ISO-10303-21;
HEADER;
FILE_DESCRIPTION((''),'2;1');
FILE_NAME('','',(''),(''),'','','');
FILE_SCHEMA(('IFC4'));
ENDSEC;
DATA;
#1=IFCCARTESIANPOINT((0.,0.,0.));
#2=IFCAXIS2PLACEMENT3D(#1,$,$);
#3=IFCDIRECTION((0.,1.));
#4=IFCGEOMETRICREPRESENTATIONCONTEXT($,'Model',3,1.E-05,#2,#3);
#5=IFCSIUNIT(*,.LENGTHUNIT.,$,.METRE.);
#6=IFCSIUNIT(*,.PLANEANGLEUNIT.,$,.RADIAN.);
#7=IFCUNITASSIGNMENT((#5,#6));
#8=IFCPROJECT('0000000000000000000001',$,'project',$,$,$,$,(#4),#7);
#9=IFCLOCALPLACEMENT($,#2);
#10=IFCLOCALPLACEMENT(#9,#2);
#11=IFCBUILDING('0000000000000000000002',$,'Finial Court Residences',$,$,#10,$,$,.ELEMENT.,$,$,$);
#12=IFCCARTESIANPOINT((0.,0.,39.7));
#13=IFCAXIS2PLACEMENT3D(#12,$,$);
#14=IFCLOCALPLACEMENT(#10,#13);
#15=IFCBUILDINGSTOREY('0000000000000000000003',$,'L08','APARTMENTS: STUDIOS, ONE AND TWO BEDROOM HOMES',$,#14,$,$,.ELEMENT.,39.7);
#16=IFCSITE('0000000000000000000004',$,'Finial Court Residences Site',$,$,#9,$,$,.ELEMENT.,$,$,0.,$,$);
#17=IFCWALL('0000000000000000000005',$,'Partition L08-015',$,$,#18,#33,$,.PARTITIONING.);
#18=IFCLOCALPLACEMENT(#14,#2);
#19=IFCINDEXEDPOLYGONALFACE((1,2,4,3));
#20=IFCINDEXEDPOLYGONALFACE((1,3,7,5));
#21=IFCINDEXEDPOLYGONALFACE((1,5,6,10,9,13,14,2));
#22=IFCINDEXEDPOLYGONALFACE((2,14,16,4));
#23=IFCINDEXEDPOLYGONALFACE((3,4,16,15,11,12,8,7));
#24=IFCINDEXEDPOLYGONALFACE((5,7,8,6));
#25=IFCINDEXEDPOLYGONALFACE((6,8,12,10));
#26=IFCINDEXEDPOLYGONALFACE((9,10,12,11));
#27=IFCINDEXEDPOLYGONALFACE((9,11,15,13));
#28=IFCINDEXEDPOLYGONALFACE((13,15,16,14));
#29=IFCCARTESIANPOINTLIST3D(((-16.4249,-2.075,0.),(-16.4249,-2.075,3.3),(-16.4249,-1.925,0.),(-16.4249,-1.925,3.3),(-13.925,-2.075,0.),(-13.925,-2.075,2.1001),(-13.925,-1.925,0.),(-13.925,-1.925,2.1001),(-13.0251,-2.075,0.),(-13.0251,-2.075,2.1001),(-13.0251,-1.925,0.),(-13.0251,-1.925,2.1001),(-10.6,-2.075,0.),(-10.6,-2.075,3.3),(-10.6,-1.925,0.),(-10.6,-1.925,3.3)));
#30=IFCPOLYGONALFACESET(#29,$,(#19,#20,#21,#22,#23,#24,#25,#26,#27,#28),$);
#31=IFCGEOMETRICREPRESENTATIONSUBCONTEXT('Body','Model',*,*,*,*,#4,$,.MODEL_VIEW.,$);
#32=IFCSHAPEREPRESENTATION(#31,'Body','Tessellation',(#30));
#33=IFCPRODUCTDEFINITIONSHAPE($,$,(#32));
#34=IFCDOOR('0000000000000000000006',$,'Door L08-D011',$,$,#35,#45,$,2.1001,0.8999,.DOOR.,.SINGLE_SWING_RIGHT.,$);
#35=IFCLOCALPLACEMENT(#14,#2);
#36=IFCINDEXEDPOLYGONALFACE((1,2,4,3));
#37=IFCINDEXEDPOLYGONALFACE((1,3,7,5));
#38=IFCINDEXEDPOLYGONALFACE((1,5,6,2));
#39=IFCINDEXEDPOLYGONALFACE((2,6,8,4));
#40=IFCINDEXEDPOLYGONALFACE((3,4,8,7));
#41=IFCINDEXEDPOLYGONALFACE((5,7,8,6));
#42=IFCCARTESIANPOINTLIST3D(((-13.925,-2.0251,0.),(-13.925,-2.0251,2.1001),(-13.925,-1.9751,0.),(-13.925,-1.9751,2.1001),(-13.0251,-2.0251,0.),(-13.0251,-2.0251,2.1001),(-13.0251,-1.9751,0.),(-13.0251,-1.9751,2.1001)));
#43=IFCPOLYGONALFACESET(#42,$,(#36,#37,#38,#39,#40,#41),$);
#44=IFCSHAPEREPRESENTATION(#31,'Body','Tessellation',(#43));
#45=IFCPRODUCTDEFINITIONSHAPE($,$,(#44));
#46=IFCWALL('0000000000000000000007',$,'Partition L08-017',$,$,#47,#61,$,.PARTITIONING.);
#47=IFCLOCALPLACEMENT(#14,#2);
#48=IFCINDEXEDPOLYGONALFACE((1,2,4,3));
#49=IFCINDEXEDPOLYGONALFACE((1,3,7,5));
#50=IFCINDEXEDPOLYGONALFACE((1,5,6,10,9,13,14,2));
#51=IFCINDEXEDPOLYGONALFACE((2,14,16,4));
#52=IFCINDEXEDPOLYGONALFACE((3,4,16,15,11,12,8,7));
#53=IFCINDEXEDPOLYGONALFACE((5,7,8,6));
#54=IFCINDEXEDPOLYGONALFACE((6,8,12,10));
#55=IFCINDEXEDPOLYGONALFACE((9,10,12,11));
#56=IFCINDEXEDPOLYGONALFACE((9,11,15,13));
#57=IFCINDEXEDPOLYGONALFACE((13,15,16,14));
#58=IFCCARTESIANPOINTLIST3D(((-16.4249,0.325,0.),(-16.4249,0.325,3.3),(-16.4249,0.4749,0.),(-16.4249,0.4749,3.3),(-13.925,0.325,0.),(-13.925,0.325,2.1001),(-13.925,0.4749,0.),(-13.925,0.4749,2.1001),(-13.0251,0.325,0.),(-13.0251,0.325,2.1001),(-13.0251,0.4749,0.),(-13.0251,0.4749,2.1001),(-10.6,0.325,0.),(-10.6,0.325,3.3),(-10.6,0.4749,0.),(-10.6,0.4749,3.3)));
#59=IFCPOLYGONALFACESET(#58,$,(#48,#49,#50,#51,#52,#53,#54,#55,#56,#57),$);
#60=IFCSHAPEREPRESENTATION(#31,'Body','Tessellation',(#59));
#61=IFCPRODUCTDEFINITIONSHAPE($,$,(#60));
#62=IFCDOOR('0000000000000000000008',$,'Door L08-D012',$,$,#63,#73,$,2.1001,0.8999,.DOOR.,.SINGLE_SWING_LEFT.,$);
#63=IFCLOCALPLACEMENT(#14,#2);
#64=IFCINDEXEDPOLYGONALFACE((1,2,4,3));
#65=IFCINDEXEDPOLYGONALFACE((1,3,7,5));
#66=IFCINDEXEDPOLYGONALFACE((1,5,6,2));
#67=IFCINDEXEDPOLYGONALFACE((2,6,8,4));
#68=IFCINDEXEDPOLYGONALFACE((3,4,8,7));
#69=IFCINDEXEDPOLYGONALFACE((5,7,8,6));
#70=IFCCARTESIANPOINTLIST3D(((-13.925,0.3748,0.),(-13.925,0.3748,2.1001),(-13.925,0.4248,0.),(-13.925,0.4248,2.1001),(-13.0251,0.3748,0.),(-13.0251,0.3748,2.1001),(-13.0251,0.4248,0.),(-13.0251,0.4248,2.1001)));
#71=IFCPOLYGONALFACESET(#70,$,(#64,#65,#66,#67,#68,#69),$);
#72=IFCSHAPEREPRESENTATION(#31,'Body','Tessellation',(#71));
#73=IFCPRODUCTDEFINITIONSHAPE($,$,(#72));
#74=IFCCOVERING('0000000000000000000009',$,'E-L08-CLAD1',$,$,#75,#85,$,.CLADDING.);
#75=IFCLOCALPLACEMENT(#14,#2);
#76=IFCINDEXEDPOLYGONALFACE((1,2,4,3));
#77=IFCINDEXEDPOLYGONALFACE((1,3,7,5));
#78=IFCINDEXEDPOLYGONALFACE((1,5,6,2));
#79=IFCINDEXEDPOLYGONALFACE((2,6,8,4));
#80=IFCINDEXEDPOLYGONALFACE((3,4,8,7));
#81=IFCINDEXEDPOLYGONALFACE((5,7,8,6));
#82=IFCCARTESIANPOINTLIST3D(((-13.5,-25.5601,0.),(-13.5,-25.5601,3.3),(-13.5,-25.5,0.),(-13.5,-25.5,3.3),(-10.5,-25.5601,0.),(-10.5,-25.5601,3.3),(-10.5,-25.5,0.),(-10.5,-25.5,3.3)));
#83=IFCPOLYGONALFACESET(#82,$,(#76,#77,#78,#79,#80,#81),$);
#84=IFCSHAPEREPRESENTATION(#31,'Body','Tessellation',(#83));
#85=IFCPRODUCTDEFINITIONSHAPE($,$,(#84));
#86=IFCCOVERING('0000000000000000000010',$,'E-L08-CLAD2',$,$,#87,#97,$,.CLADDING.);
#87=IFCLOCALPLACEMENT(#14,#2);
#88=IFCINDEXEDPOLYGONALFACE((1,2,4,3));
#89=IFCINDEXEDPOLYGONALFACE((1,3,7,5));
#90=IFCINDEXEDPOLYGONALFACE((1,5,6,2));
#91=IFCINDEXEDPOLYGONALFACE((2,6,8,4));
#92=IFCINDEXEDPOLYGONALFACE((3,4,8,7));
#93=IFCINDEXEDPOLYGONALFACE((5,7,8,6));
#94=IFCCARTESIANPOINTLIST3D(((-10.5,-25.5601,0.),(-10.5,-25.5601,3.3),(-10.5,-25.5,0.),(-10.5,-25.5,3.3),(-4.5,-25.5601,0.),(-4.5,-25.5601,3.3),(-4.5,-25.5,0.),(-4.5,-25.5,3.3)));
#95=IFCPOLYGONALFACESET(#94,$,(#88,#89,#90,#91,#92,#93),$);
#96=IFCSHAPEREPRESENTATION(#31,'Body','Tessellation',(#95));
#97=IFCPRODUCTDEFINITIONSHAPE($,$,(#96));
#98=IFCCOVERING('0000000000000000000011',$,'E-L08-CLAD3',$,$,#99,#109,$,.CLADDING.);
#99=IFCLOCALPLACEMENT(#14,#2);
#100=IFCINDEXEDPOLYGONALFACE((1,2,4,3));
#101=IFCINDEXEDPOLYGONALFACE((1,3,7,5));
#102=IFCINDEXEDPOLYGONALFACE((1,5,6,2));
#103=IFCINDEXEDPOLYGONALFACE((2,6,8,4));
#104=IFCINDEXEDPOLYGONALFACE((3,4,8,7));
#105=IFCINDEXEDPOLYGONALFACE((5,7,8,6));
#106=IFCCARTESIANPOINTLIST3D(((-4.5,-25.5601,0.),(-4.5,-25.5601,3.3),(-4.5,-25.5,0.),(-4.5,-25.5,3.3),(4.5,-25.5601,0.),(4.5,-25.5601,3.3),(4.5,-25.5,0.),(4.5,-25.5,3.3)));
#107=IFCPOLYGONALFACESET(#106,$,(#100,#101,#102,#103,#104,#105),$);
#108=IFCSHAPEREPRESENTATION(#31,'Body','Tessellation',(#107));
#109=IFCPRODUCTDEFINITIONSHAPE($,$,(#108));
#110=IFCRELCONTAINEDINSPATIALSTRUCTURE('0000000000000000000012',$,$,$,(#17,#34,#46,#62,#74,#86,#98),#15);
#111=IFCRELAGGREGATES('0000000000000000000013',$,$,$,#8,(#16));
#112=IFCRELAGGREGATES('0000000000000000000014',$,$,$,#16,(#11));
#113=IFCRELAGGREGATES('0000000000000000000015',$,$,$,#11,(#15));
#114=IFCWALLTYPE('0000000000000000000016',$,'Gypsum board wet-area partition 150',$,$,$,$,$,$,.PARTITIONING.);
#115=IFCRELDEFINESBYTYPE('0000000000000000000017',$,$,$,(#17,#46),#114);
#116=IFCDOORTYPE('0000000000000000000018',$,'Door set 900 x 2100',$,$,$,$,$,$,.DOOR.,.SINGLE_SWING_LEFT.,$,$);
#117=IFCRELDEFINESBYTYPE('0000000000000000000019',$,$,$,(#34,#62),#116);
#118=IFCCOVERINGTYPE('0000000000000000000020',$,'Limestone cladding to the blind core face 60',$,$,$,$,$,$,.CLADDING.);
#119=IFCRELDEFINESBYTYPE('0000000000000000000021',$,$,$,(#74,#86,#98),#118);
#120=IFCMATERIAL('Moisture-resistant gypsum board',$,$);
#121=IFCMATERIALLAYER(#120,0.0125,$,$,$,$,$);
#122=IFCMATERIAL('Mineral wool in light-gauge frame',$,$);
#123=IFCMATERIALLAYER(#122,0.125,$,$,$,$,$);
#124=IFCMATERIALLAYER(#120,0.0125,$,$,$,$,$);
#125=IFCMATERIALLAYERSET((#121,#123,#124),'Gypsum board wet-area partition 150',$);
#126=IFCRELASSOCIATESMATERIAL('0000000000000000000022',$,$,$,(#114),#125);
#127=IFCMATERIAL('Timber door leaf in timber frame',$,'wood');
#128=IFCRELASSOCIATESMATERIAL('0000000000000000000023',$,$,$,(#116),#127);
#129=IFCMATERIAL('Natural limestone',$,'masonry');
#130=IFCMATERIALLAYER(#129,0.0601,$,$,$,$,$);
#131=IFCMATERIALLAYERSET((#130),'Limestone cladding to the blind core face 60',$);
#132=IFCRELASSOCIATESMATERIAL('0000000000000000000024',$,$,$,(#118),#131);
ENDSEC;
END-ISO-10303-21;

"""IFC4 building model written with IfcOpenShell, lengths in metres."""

from ifc_helpers import new_model, si_unit, direction, frame, frame_2d, origin, place, context, subcontext, project, spatial, polyline, rectangle, outline, extrude, material, layer, layer_set, type_object, element, fill, save


model = new_model("IFC4")

# Units and contexts
model_context = context("Model", 3, precision=1e-05, world=origin(), true_north=direction((0.0, 1.0)))
body_context = subcontext(model_context, "Body", "Model", "MODEL_VIEW")
ifc_project = project(units=[si_unit("LENGTHUNIT", "METRE"), si_unit("PLANEANGLEUNIT", "RADIAN")], contexts=[model_context])

# Site, building, storey
site_placement = place(None, origin())
site = spatial("IfcSite", under=ifc_project, at=site_placement, Name="Finial Court Residences Site", CompositionType="ELEMENT", RefElevation=0.0)
building_placement = place(site_placement, origin())
building = spatial("IfcBuilding", under=site, at=building_placement, Name="Finial Court Residences", CompositionType="ELEMENT")
storey_placement = place(building_placement, frame((0.0, 0.0, 39.7)))
storey = spatial("IfcBuildingStorey", under=building, at=storey_placement, Name="L08", Description="APARTMENTS: STUDIOS, ONE AND TWO BEDROOM HOMES", CompositionType="ELEMENT", Elevation=39.7)

# Shared definitions
ifc_material_1 = material(Name="Mineral wool in light-gauge frame")

# Walls, openings, doors
ifc_material_2 = material(Name="Moisture-resistant gypsum board")
ifc_layer_1 = layer(ifc_material_2, 0.0125)
ifc_layer_2 = layer(ifc_material_1, 0.125)
ifc_layer_3 = layer(ifc_material_2, 0.0125)
ifc_layer_set_1 = layer_set([ifc_layer_1, ifc_layer_2, ifc_layer_3], Name="Gypsum board wet-area partition 150")
wall_type_1 = type_object("IfcWallType", Name="Gypsum board wet-area partition 150", PredefinedType="PARTITIONING", material=ifc_layer_set_1)
wall_1_placement = place(storey_placement, frame((-16.425, -2.0, 0.0), z_axis=(0.0, 0.0, 1.0), x_axis=(1.0, 0.0, 0.0)))
wall_1 = element("IfcWall", 1, at=wall_1_placement, inside=storey, type_object=wall_type_1, Name="Partition L08-015", PredefinedType="PARTITIONING", context=body_context, shape_type="SweptSolid", body=[
    extrude(rectangle(XDim=5.825, YDim=0.1499, at=frame_2d((2.9126, 0.0))), origin(), (0.0, 0.0, 1.0), 3.3),
])
opening_1_placement = place(wall_1_placement, frame((2.5, 0.0, 0.0)))
opening_1 = element("IfcOpeningElement", 2, at=opening_1_placement, cuts=wall_1, PredefinedType="OPENING", context=body_context, shape_type="SweptSolid", body=[
    extrude(rectangle(XDim=0.8999, YDim=2.1001, at=frame_2d((0.45, 1.05))), frame((0.0, 0.085, 0.0), z_axis=(0.0, -1.0, 0.0), x_axis=(1.0, 0.0, 0.0)), (0.0, 0.0, 1.0), 0.1699),
])
ifc_material_3 = material(Name="Timber door leaf in timber frame", Category="wood")
door_type_1 = type_object("IfcDoorType", Name="Door set 900 x 2100", OperationType="SINGLE_SWING_LEFT", PredefinedType="DOOR", material=ifc_material_3)
door_1_placement = place(opening_1_placement, origin())
door_1 = element("IfcDoor", 3, at=door_1_placement, inside=storey, type_object=door_type_1, Name="Door L08-D011", OperationType="SINGLE_SWING_RIGHT", OverallHeight=2.1001, OverallWidth=0.8999, PredefinedType="DOOR", context=body_context, shape_type="SweptSolid", body=[
    extrude(rectangle(XDim=0.8999, YDim=2.1001, at=frame_2d((0.45, 1.05))), frame((0.0, 0.0249, 0.0), z_axis=(0.0, -1.0, 0.0), x_axis=(1.0, 0.0, 0.0)), (0.0, 0.0, 1.0), 0.05),
])
fill(opening_1, door_1)
wall_2_placement = place(storey_placement, frame((-16.425, 0.3999, 0.0), z_axis=(0.0, 0.0, 1.0), x_axis=(1.0, 0.0, 0.0)))
wall_2 = element("IfcWall", 4, at=wall_2_placement, inside=storey, type_object=wall_type_1, Name="Partition L08-017", PredefinedType="PARTITIONING", context=body_context, shape_type="SweptSolid", body=[
    extrude(rectangle(XDim=5.825, YDim=0.1499, at=frame_2d((2.9126, 0.0))), origin(), (0.0, 0.0, 1.0), 3.3),
])
opening_2_placement = place(wall_2_placement, frame((2.5, 0.0, 0.0)))
opening_2 = element("IfcOpeningElement", 5, at=opening_2_placement, cuts=wall_2, PredefinedType="OPENING", context=body_context, shape_type="SweptSolid", body=[
    extrude(rectangle(XDim=0.8999, YDim=2.1001, at=frame_2d((0.45, 1.05))), frame((0.0, 0.085, 0.0), z_axis=(0.0, -1.0, 0.0), x_axis=(1.0, 0.0, 0.0)), (0.0, 0.0, 1.0), 0.1699),
])
door_2_placement = place(opening_2_placement, origin())
door_2 = element("IfcDoor", 6, at=door_2_placement, inside=storey, type_object=door_type_1, Name="Door L08-D012", OperationType="SINGLE_SWING_LEFT", OverallHeight=2.1001, OverallWidth=0.8999, PredefinedType="DOOR", context=body_context, shape_type="SweptSolid", body=[
    extrude(rectangle(XDim=0.8999, YDim=2.1001, at=frame_2d((0.45, 1.05))), frame((0.0, 0.0249, 0.0), z_axis=(0.0, -1.0, 0.0), x_axis=(1.0, 0.0, 0.0)), (0.0, 0.0, 1.0), 0.05),
])
fill(opening_2, door_2)

# Coverings
ifc_material_4 = material(Name="Natural limestone", Category="masonry")
ifc_layer_4 = layer(ifc_material_4, 0.0601)
ifc_layer_set_2 = layer_set([ifc_layer_4], Name="Limestone cladding to the blind core face 60")
covering_type = type_object("IfcCoveringType", Name="Limestone cladding to the blind core face 60", PredefinedType="CLADDING", material=ifc_layer_set_2)
covering_1_placement = place(storey_placement, origin())
element("IfcCovering", 7, at=covering_1_placement, inside=storey, type_object=covering_type, Name="E-L08-CLAD1", PredefinedType="CLADDING", context=body_context, shape_type="SweptSolid", body=[
    extrude(outline(polyline([(-10.5, -25.5601), (-10.5, -25.5), (-13.5, -25.5), (-13.5, -25.5601), (-10.5, -25.5601)])), origin(), (0.0, 0.0, 1.0), 3.3),
])
covering_2_placement = place(storey_placement, origin())
element("IfcCovering", 8, at=covering_2_placement, inside=storey, type_object=covering_type, Name="E-L08-CLAD2", PredefinedType="CLADDING", context=body_context, shape_type="SweptSolid", body=[
    extrude(outline(polyline([(-4.5, -25.5601), (-4.5, -25.5), (-10.5, -25.5), (-10.5, -25.5601), (-4.5, -25.5601)])), origin(), (0.0, 0.0, 1.0), 3.3),
])
covering_3_placement = place(storey_placement, origin())
element("IfcCovering", 9, at=covering_3_placement, inside=storey, type_object=covering_type, Name="E-L08-CLAD3", PredefinedType="CLADDING", context=body_context, shape_type="SweptSolid", body=[
    extrude(outline(polyline([(4.5, -25.5601), (4.5, -25.5), (-4.5, -25.5), (-4.5, -25.5601), (4.5, -25.5601)])), origin(), (0.0, 0.0, 1.0), 3.3),
])

save(model, "model.ifc")
